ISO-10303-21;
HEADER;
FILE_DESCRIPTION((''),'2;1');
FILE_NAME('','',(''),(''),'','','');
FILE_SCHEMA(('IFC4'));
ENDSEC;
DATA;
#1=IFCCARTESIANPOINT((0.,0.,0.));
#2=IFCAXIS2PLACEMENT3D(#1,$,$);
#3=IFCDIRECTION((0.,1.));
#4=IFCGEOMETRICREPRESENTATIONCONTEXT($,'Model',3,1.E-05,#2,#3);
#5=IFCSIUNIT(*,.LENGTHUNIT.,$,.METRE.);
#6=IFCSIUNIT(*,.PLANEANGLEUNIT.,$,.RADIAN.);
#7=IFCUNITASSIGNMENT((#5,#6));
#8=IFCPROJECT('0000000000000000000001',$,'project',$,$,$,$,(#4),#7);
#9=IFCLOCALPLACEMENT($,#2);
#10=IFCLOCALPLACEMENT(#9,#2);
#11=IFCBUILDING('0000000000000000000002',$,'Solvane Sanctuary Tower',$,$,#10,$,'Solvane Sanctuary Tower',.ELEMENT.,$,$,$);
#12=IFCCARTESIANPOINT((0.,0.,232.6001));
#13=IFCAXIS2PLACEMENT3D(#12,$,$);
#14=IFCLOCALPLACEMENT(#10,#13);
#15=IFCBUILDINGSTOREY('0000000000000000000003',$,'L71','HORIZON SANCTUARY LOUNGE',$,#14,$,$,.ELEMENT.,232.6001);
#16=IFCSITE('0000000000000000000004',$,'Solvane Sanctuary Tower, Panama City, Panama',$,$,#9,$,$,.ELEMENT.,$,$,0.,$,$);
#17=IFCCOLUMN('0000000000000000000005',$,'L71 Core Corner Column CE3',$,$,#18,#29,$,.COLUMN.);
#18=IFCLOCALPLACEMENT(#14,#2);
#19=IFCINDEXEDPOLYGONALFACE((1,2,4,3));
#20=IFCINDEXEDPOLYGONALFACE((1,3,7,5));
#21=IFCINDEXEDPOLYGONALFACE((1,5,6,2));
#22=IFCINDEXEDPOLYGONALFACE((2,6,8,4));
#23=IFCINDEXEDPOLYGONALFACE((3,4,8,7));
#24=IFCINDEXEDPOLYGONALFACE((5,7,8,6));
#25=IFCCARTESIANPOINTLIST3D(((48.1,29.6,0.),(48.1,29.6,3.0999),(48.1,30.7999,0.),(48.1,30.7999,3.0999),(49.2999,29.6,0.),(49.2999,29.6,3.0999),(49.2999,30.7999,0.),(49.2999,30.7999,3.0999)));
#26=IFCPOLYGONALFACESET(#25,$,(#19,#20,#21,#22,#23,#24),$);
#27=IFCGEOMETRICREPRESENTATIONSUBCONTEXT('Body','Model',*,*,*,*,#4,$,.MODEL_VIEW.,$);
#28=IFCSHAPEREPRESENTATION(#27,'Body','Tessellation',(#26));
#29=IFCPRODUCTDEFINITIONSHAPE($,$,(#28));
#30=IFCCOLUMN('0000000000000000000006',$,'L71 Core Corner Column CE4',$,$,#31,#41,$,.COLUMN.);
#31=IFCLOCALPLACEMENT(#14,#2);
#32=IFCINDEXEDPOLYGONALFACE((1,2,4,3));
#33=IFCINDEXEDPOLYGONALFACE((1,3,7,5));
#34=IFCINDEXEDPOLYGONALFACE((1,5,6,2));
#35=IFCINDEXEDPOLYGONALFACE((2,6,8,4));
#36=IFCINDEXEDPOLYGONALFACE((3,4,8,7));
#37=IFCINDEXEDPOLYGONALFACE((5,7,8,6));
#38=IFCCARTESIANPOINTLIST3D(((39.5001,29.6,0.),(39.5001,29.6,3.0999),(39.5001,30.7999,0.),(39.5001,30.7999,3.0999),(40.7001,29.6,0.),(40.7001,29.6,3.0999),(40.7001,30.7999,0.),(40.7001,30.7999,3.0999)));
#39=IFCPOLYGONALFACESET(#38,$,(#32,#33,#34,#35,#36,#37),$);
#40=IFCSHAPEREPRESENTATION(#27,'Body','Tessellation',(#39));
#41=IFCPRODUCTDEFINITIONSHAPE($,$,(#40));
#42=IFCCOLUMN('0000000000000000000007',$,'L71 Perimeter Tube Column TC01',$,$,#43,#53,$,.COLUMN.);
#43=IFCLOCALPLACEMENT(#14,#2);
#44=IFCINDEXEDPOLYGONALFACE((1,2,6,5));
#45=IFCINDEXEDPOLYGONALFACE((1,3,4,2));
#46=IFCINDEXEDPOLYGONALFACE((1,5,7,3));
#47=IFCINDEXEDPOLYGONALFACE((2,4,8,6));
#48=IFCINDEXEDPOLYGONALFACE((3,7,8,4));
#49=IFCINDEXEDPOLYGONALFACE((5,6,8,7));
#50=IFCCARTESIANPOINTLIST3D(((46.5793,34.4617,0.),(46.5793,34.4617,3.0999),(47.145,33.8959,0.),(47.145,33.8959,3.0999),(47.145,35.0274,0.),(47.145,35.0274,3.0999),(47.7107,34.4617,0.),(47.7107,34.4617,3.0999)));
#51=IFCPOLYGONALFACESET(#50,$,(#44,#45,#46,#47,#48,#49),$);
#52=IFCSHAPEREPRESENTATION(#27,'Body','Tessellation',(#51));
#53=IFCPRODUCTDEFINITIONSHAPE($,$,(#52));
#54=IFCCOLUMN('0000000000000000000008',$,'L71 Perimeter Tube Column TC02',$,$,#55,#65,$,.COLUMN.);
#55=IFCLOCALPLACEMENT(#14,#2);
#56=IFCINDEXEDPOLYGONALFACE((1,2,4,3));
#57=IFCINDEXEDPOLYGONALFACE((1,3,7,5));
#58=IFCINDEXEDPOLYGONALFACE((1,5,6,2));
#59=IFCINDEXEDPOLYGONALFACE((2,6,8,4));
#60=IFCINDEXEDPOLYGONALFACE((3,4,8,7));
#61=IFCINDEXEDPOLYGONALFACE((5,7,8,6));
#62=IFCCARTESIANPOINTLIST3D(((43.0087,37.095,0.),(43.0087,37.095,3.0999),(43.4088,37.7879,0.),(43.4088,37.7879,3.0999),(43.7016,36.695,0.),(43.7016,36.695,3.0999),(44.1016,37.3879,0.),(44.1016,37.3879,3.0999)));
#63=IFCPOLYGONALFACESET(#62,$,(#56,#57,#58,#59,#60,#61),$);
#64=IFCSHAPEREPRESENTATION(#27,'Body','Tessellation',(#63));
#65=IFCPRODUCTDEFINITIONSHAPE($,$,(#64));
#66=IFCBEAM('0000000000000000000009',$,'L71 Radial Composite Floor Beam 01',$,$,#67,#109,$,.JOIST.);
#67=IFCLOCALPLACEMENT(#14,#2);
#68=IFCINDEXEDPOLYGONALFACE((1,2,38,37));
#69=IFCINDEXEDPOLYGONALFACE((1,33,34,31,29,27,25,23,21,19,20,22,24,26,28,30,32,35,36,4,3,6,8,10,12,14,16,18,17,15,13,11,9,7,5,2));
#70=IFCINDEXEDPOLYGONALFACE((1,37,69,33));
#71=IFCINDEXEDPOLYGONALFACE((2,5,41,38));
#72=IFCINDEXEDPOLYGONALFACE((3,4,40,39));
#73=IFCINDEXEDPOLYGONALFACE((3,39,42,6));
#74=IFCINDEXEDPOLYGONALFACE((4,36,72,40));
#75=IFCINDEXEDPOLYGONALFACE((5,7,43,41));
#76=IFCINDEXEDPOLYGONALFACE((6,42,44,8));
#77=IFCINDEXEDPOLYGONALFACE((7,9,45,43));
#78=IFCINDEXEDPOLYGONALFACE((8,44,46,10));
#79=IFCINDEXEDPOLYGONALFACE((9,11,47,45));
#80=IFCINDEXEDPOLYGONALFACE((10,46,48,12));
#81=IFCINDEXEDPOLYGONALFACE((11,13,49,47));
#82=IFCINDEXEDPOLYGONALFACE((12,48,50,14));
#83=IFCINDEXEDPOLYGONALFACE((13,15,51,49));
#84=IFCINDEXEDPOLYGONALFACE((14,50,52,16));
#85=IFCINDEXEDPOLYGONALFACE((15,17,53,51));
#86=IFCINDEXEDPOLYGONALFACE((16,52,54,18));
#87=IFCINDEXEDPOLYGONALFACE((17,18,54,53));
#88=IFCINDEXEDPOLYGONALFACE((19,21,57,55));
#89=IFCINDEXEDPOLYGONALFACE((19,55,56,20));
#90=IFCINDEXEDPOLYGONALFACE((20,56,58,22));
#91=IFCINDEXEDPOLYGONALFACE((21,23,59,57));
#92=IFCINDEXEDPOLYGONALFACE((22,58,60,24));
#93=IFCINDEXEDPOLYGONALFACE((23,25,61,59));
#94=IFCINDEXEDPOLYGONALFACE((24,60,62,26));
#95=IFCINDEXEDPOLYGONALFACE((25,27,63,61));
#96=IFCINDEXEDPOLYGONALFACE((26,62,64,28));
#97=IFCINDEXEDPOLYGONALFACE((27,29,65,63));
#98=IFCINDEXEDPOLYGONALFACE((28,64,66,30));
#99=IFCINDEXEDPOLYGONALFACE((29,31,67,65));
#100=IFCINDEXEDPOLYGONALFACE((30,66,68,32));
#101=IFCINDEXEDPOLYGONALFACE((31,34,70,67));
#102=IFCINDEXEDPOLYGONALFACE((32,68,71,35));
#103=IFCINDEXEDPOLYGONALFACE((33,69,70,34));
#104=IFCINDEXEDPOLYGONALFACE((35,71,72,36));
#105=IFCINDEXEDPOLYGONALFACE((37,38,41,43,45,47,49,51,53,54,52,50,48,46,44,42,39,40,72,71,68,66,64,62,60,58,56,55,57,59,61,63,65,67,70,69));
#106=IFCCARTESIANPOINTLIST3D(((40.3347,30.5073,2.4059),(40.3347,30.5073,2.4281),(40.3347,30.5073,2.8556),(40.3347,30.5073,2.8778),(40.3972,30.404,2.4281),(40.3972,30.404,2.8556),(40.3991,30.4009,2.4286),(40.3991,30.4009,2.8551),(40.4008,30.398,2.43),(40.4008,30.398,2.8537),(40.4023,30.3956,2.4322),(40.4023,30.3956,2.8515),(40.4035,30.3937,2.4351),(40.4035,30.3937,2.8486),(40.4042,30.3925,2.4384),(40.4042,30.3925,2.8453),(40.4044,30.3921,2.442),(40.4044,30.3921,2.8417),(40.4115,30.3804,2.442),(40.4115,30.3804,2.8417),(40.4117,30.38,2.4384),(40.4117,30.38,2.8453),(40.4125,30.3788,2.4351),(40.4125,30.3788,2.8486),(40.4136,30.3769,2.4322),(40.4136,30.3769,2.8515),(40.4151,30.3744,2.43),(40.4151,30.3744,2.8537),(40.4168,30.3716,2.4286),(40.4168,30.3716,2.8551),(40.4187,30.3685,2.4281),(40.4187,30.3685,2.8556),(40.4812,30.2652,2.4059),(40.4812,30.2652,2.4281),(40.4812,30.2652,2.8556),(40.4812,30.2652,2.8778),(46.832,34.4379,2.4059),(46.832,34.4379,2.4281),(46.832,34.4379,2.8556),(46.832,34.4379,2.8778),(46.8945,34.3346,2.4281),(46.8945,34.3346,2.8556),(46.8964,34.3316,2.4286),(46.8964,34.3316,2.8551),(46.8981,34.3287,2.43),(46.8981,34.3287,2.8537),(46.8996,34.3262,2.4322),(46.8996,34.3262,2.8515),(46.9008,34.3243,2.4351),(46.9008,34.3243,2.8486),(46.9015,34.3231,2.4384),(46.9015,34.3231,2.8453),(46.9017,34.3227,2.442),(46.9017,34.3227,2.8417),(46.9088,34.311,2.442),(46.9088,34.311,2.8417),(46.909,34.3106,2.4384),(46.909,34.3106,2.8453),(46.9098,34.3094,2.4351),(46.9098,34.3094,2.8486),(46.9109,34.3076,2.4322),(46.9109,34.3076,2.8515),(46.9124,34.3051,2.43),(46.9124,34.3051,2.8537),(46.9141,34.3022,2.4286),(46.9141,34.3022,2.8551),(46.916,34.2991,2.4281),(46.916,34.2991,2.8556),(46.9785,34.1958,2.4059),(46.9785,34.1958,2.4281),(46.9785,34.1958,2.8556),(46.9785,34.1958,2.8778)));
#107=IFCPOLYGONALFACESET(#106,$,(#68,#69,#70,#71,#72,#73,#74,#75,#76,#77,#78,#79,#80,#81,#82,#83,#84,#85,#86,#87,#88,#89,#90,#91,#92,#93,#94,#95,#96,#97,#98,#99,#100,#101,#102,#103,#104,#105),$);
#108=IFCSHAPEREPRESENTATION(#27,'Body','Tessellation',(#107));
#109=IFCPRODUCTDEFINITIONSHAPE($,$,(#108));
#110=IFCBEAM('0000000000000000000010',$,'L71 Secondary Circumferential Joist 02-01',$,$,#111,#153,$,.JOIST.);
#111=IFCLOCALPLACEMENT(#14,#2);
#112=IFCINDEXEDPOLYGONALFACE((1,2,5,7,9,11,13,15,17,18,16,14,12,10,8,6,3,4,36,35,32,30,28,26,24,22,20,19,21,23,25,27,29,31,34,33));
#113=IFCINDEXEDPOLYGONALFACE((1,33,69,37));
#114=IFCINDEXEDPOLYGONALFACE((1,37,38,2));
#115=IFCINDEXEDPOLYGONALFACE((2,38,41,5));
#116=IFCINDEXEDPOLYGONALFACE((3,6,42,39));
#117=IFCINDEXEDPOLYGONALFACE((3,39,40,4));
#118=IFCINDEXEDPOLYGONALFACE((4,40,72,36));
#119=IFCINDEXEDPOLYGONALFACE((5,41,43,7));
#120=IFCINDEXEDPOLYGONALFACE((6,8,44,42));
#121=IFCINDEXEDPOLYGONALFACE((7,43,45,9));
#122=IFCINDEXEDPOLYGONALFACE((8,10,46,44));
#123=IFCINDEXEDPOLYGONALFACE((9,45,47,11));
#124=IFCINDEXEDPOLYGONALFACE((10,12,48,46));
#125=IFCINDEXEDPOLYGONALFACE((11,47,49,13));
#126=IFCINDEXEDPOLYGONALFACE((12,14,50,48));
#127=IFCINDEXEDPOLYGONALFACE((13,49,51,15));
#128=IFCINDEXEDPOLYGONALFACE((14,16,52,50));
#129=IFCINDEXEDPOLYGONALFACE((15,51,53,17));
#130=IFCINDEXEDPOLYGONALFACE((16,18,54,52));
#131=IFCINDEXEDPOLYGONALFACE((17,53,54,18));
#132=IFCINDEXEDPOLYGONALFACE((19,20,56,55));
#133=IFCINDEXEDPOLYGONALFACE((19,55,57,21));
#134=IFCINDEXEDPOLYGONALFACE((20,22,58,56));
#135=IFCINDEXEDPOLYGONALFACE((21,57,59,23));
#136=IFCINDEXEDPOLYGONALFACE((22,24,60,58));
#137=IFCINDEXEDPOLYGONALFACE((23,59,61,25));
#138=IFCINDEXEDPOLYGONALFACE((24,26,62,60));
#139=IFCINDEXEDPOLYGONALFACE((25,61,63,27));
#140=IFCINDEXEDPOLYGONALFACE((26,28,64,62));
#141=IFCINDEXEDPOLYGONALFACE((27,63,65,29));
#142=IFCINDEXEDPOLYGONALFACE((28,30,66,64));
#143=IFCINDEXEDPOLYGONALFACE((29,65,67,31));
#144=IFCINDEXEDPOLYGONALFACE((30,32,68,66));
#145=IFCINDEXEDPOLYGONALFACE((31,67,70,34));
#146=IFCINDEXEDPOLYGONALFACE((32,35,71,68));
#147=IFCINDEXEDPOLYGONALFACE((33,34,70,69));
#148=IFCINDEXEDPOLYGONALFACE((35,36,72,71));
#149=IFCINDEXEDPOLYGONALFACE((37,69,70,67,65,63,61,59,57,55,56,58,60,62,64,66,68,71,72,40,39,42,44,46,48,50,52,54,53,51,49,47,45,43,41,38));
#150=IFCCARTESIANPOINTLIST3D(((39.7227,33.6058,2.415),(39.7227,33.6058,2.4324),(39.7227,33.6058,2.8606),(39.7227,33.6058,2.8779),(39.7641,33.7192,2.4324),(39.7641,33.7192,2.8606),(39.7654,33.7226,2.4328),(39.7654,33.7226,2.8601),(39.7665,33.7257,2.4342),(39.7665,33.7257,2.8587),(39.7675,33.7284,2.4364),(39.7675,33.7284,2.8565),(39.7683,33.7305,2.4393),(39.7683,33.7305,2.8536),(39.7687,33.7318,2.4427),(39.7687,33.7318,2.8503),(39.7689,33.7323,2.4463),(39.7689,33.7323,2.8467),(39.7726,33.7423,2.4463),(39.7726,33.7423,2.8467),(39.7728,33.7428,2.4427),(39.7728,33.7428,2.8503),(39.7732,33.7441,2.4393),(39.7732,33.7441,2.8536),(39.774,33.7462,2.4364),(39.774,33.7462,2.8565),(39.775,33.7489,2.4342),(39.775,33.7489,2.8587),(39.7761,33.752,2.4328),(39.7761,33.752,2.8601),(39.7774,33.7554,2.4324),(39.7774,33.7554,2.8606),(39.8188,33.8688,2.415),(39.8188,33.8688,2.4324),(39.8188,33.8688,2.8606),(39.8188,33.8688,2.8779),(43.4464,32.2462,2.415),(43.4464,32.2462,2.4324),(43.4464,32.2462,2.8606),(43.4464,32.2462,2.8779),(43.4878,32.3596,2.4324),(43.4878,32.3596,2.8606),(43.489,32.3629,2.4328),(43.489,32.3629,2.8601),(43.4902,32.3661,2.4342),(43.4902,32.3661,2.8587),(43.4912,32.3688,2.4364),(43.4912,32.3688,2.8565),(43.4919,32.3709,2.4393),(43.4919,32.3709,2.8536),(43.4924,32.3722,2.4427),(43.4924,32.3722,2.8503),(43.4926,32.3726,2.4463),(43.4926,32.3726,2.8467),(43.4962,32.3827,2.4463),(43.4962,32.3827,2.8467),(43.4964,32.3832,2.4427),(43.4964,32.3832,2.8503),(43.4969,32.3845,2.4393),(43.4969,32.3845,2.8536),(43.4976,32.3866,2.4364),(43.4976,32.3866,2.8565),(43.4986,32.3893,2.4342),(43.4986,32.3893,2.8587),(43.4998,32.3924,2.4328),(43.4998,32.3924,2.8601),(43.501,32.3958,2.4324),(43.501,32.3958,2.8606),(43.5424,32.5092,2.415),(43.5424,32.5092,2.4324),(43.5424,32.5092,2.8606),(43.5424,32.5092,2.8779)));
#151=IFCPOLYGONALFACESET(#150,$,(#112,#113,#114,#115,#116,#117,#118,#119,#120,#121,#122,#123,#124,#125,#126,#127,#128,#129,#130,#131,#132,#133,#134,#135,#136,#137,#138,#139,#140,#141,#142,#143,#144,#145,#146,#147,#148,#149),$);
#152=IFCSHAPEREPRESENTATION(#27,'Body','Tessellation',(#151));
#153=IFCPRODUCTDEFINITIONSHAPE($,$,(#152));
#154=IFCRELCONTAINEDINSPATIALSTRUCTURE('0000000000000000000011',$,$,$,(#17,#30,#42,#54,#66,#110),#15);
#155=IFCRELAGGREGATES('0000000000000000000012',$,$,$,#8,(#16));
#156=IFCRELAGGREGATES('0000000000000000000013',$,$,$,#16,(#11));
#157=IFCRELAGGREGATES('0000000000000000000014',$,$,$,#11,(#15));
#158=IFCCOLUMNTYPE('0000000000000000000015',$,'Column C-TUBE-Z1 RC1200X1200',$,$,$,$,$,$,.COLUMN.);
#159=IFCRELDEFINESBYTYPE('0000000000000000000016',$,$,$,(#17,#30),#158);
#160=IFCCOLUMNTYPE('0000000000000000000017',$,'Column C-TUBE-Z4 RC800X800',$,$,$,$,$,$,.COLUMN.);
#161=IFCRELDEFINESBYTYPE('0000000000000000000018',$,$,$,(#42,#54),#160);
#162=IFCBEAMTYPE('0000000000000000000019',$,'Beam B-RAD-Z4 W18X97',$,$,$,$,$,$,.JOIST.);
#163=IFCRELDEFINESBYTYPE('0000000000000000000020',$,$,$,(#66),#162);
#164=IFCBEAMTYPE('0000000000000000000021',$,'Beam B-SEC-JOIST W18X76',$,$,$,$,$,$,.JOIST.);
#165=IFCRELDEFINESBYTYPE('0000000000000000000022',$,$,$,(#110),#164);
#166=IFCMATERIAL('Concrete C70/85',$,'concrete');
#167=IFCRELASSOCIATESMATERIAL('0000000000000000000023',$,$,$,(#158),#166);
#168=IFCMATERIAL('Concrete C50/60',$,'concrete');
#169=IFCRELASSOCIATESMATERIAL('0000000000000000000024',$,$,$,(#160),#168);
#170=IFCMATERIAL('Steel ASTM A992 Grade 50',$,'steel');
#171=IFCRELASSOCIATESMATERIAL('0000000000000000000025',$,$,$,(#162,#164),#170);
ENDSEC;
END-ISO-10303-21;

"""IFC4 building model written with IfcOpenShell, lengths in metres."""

from ifc_helpers import new_model, si_unit, direction, frame, origin, origin_2d, place, context, subcontext, project, spatial, rectangle, i_section, extrude, material, material_profile, profile_set, type_object, element, save


model = new_model("IFC4")

# Units and contexts
model_context = context("Model", 3, precision=1e-05, world=origin(), true_north=direction((0.0, 1.0)))
body_context = subcontext(model_context, "Body", "Model", "MODEL_VIEW")
ifc_project = project(units=[si_unit("LENGTHUNIT", "METRE"), si_unit("PLANEANGLEUNIT", "RADIAN")], contexts=[model_context])

# Site, building, storey
site_placement = place(None, origin())
site = spatial("IfcSite", under=ifc_project, at=site_placement, Name="Solvane Sanctuary Tower, Panama City, Panama", CompositionType="ELEMENT", RefElevation=0.0)
building_placement = place(site_placement, origin())
building = spatial("IfcBuilding", under=site, at=building_placement, Name="Solvane Sanctuary Tower", LongName="Solvane Sanctuary Tower", CompositionType="ELEMENT")
storey_placement = place(building_placement, frame((0.0, 0.0, 232.6001)))
storey = spatial("IfcBuildingStorey", under=building, at=storey_placement, Name="L71", Description="HORIZON SANCTUARY LOUNGE", CompositionType="ELEMENT", Elevation=232.6001)

# Columns
ifc_material_1 = material(Name="Concrete C70/85", Category="concrete")
ifc_material_profile_1 = material_profile(ifc_material_1, rectangle(XDim=1.2, YDim=1.2, at=origin_2d()), Name="RC1200X1200")
ifc_profile_set_1 = profile_set([ifc_material_profile_1], Name="Concrete C70/85")
column_type_1 = type_object("IfcColumnType", Name="Column C-TUBE-Z1 RC1200X1200", PredefinedType="COLUMN", material=ifc_profile_set_1)
for number, where, z_axis, x_axis, name in (
    (1, (48.7, 30.2, 0.0), (0.0, 0.0, 1.0), (1.0, 0.0, 0.0), "L71 Core Corner Column CE3"),
    (2, (40.1001, 30.2, 0.0), (0.0, 0.0, 1.0), (1.0, 0.0, 0.0), "L71 Core Corner Column CE4"),
):
    element("IfcColumn", number, at=place(storey_placement, frame(where, z_axis=z_axis, x_axis=x_axis)), inside=storey, type_object=column_type_1, Name=name, PredefinedType="COLUMN", context=body_context, shape_type="SweptSolid", body=[
        extrude(rectangle(XDim=1.2, YDim=1.2, at=origin_2d()), origin(), (0.0, 0.0, 1.0), 3.0999),
    ])
ifc_material_2 = material(Name="Concrete C50/60", Category="concrete")
ifc_material_profile_2 = material_profile(ifc_material_2, rectangle(XDim=0.8, YDim=0.8, at=origin_2d()), Name="RC800X800")
ifc_profile_set_2 = profile_set([ifc_material_profile_2], Name="Concrete C50/60")
column_type_2 = type_object("IfcColumnType", Name="Column C-TUBE-Z4 RC800X800", PredefinedType="COLUMN", material=ifc_profile_set_2)
for number, where, z_axis, x_axis, name in (
    (3, (47.145, 34.4617, 0.0), (0.0, 0.0, 1.0), (0.707107, 0.707107, 0.0), "L71 Perimeter Tube Column TC01"),
    (4, (43.5552, 37.2415, 0.0), (0.0, 0.0, 1.0), (0.5, 0.866025, 0.0), "L71 Perimeter Tube Column TC02"),
):
    element("IfcColumn", number, at=place(storey_placement, frame(where, z_axis=z_axis, x_axis=x_axis)), inside=storey, type_object=column_type_2, Name=name, PredefinedType="COLUMN", context=body_context, shape_type="SweptSolid", body=[
        extrude(rectangle(XDim=0.8, YDim=0.8, at=origin_2d()), origin(), (0.0, 0.0, 1.0), 3.0999),
    ])

# Beams
ifc_material_3 = material(Name="Steel ASTM A992 Grade 50", Category="steel")
ifc_material_profile_3 = material_profile(ifc_material_3, i_section(OverallWidth=0.283, OverallDepth=0.4719, WebThickness=0.0137, FlangeThickness=0.0222, FilletRadius=0.0139, at=origin_2d()), Name="W18X97")
ifc_profile_set_3 = profile_set([ifc_material_profile_3], Name="Steel ASTM A992 Grade 50")
beam_type_1 = type_object("IfcBeamType", Name="Beam B-RAD-Z4 W18X97", PredefinedType="JOIST", material=ifc_profile_set_3)
beam_1_placement = place(storey_placement, frame((40.408, 30.3862, 2.6418), z_axis=(0.855612, 0.517618, 0.0), x_axis=(-0.517618, 0.855612, 0.0)))
element("IfcBeam", 5, at=beam_1_placement, inside=storey, type_object=beam_type_1, Name="L71 Radial Composite Floor Beam 01", PredefinedType="JOIST", context=body_context, shape_type="SweptSolid", body=[
    extrude(i_section(OverallWidth=0.283, OverallDepth=0.4719, WebThickness=0.0137, FlangeThickness=0.0222, FilletRadius=0.0139, at=origin_2d()), origin(), (0.0, 0.0, 1.0), 7.5938),
])
ifc_material_profile_4 = material_profile(ifc_material_3, i_section(OverallWidth=0.28, OverallDepth=0.4629, WebThickness=0.0107, FlangeThickness=0.0173, FilletRadius=0.0139, at=origin_2d()), Name="W18X76")
ifc_profile_set_4 = profile_set([ifc_material_profile_4], Name="Steel ASTM A992 Grade 50")
beam_type_2 = type_object("IfcBeamType", Name="Beam B-SEC-JOIST W18X76", PredefinedType="JOIST", material=ifc_profile_set_4)
beam_2_placement = place(storey_placement, frame((39.7708, 33.7373, 2.6465), z_axis=(0.939341, -0.342984, 0.0), x_axis=(0.342984, 0.939341, 0.0)))
element("IfcBeam", 6, at=beam_2_placement, inside=storey, type_object=beam_type_2, Name="L71 Secondary Circumferential Joist 02-01", PredefinedType="JOIST", context=body_context, shape_type="SweptSolid", body=[
    extrude(i_section(OverallWidth=0.28, OverallDepth=0.4629, WebThickness=0.0107, FlangeThickness=0.0173, FilletRadius=0.0139, at=origin_2d()), origin(), (0.0, 0.0, 1.0), 3.9641),
])

save(model, "model.ifc")
